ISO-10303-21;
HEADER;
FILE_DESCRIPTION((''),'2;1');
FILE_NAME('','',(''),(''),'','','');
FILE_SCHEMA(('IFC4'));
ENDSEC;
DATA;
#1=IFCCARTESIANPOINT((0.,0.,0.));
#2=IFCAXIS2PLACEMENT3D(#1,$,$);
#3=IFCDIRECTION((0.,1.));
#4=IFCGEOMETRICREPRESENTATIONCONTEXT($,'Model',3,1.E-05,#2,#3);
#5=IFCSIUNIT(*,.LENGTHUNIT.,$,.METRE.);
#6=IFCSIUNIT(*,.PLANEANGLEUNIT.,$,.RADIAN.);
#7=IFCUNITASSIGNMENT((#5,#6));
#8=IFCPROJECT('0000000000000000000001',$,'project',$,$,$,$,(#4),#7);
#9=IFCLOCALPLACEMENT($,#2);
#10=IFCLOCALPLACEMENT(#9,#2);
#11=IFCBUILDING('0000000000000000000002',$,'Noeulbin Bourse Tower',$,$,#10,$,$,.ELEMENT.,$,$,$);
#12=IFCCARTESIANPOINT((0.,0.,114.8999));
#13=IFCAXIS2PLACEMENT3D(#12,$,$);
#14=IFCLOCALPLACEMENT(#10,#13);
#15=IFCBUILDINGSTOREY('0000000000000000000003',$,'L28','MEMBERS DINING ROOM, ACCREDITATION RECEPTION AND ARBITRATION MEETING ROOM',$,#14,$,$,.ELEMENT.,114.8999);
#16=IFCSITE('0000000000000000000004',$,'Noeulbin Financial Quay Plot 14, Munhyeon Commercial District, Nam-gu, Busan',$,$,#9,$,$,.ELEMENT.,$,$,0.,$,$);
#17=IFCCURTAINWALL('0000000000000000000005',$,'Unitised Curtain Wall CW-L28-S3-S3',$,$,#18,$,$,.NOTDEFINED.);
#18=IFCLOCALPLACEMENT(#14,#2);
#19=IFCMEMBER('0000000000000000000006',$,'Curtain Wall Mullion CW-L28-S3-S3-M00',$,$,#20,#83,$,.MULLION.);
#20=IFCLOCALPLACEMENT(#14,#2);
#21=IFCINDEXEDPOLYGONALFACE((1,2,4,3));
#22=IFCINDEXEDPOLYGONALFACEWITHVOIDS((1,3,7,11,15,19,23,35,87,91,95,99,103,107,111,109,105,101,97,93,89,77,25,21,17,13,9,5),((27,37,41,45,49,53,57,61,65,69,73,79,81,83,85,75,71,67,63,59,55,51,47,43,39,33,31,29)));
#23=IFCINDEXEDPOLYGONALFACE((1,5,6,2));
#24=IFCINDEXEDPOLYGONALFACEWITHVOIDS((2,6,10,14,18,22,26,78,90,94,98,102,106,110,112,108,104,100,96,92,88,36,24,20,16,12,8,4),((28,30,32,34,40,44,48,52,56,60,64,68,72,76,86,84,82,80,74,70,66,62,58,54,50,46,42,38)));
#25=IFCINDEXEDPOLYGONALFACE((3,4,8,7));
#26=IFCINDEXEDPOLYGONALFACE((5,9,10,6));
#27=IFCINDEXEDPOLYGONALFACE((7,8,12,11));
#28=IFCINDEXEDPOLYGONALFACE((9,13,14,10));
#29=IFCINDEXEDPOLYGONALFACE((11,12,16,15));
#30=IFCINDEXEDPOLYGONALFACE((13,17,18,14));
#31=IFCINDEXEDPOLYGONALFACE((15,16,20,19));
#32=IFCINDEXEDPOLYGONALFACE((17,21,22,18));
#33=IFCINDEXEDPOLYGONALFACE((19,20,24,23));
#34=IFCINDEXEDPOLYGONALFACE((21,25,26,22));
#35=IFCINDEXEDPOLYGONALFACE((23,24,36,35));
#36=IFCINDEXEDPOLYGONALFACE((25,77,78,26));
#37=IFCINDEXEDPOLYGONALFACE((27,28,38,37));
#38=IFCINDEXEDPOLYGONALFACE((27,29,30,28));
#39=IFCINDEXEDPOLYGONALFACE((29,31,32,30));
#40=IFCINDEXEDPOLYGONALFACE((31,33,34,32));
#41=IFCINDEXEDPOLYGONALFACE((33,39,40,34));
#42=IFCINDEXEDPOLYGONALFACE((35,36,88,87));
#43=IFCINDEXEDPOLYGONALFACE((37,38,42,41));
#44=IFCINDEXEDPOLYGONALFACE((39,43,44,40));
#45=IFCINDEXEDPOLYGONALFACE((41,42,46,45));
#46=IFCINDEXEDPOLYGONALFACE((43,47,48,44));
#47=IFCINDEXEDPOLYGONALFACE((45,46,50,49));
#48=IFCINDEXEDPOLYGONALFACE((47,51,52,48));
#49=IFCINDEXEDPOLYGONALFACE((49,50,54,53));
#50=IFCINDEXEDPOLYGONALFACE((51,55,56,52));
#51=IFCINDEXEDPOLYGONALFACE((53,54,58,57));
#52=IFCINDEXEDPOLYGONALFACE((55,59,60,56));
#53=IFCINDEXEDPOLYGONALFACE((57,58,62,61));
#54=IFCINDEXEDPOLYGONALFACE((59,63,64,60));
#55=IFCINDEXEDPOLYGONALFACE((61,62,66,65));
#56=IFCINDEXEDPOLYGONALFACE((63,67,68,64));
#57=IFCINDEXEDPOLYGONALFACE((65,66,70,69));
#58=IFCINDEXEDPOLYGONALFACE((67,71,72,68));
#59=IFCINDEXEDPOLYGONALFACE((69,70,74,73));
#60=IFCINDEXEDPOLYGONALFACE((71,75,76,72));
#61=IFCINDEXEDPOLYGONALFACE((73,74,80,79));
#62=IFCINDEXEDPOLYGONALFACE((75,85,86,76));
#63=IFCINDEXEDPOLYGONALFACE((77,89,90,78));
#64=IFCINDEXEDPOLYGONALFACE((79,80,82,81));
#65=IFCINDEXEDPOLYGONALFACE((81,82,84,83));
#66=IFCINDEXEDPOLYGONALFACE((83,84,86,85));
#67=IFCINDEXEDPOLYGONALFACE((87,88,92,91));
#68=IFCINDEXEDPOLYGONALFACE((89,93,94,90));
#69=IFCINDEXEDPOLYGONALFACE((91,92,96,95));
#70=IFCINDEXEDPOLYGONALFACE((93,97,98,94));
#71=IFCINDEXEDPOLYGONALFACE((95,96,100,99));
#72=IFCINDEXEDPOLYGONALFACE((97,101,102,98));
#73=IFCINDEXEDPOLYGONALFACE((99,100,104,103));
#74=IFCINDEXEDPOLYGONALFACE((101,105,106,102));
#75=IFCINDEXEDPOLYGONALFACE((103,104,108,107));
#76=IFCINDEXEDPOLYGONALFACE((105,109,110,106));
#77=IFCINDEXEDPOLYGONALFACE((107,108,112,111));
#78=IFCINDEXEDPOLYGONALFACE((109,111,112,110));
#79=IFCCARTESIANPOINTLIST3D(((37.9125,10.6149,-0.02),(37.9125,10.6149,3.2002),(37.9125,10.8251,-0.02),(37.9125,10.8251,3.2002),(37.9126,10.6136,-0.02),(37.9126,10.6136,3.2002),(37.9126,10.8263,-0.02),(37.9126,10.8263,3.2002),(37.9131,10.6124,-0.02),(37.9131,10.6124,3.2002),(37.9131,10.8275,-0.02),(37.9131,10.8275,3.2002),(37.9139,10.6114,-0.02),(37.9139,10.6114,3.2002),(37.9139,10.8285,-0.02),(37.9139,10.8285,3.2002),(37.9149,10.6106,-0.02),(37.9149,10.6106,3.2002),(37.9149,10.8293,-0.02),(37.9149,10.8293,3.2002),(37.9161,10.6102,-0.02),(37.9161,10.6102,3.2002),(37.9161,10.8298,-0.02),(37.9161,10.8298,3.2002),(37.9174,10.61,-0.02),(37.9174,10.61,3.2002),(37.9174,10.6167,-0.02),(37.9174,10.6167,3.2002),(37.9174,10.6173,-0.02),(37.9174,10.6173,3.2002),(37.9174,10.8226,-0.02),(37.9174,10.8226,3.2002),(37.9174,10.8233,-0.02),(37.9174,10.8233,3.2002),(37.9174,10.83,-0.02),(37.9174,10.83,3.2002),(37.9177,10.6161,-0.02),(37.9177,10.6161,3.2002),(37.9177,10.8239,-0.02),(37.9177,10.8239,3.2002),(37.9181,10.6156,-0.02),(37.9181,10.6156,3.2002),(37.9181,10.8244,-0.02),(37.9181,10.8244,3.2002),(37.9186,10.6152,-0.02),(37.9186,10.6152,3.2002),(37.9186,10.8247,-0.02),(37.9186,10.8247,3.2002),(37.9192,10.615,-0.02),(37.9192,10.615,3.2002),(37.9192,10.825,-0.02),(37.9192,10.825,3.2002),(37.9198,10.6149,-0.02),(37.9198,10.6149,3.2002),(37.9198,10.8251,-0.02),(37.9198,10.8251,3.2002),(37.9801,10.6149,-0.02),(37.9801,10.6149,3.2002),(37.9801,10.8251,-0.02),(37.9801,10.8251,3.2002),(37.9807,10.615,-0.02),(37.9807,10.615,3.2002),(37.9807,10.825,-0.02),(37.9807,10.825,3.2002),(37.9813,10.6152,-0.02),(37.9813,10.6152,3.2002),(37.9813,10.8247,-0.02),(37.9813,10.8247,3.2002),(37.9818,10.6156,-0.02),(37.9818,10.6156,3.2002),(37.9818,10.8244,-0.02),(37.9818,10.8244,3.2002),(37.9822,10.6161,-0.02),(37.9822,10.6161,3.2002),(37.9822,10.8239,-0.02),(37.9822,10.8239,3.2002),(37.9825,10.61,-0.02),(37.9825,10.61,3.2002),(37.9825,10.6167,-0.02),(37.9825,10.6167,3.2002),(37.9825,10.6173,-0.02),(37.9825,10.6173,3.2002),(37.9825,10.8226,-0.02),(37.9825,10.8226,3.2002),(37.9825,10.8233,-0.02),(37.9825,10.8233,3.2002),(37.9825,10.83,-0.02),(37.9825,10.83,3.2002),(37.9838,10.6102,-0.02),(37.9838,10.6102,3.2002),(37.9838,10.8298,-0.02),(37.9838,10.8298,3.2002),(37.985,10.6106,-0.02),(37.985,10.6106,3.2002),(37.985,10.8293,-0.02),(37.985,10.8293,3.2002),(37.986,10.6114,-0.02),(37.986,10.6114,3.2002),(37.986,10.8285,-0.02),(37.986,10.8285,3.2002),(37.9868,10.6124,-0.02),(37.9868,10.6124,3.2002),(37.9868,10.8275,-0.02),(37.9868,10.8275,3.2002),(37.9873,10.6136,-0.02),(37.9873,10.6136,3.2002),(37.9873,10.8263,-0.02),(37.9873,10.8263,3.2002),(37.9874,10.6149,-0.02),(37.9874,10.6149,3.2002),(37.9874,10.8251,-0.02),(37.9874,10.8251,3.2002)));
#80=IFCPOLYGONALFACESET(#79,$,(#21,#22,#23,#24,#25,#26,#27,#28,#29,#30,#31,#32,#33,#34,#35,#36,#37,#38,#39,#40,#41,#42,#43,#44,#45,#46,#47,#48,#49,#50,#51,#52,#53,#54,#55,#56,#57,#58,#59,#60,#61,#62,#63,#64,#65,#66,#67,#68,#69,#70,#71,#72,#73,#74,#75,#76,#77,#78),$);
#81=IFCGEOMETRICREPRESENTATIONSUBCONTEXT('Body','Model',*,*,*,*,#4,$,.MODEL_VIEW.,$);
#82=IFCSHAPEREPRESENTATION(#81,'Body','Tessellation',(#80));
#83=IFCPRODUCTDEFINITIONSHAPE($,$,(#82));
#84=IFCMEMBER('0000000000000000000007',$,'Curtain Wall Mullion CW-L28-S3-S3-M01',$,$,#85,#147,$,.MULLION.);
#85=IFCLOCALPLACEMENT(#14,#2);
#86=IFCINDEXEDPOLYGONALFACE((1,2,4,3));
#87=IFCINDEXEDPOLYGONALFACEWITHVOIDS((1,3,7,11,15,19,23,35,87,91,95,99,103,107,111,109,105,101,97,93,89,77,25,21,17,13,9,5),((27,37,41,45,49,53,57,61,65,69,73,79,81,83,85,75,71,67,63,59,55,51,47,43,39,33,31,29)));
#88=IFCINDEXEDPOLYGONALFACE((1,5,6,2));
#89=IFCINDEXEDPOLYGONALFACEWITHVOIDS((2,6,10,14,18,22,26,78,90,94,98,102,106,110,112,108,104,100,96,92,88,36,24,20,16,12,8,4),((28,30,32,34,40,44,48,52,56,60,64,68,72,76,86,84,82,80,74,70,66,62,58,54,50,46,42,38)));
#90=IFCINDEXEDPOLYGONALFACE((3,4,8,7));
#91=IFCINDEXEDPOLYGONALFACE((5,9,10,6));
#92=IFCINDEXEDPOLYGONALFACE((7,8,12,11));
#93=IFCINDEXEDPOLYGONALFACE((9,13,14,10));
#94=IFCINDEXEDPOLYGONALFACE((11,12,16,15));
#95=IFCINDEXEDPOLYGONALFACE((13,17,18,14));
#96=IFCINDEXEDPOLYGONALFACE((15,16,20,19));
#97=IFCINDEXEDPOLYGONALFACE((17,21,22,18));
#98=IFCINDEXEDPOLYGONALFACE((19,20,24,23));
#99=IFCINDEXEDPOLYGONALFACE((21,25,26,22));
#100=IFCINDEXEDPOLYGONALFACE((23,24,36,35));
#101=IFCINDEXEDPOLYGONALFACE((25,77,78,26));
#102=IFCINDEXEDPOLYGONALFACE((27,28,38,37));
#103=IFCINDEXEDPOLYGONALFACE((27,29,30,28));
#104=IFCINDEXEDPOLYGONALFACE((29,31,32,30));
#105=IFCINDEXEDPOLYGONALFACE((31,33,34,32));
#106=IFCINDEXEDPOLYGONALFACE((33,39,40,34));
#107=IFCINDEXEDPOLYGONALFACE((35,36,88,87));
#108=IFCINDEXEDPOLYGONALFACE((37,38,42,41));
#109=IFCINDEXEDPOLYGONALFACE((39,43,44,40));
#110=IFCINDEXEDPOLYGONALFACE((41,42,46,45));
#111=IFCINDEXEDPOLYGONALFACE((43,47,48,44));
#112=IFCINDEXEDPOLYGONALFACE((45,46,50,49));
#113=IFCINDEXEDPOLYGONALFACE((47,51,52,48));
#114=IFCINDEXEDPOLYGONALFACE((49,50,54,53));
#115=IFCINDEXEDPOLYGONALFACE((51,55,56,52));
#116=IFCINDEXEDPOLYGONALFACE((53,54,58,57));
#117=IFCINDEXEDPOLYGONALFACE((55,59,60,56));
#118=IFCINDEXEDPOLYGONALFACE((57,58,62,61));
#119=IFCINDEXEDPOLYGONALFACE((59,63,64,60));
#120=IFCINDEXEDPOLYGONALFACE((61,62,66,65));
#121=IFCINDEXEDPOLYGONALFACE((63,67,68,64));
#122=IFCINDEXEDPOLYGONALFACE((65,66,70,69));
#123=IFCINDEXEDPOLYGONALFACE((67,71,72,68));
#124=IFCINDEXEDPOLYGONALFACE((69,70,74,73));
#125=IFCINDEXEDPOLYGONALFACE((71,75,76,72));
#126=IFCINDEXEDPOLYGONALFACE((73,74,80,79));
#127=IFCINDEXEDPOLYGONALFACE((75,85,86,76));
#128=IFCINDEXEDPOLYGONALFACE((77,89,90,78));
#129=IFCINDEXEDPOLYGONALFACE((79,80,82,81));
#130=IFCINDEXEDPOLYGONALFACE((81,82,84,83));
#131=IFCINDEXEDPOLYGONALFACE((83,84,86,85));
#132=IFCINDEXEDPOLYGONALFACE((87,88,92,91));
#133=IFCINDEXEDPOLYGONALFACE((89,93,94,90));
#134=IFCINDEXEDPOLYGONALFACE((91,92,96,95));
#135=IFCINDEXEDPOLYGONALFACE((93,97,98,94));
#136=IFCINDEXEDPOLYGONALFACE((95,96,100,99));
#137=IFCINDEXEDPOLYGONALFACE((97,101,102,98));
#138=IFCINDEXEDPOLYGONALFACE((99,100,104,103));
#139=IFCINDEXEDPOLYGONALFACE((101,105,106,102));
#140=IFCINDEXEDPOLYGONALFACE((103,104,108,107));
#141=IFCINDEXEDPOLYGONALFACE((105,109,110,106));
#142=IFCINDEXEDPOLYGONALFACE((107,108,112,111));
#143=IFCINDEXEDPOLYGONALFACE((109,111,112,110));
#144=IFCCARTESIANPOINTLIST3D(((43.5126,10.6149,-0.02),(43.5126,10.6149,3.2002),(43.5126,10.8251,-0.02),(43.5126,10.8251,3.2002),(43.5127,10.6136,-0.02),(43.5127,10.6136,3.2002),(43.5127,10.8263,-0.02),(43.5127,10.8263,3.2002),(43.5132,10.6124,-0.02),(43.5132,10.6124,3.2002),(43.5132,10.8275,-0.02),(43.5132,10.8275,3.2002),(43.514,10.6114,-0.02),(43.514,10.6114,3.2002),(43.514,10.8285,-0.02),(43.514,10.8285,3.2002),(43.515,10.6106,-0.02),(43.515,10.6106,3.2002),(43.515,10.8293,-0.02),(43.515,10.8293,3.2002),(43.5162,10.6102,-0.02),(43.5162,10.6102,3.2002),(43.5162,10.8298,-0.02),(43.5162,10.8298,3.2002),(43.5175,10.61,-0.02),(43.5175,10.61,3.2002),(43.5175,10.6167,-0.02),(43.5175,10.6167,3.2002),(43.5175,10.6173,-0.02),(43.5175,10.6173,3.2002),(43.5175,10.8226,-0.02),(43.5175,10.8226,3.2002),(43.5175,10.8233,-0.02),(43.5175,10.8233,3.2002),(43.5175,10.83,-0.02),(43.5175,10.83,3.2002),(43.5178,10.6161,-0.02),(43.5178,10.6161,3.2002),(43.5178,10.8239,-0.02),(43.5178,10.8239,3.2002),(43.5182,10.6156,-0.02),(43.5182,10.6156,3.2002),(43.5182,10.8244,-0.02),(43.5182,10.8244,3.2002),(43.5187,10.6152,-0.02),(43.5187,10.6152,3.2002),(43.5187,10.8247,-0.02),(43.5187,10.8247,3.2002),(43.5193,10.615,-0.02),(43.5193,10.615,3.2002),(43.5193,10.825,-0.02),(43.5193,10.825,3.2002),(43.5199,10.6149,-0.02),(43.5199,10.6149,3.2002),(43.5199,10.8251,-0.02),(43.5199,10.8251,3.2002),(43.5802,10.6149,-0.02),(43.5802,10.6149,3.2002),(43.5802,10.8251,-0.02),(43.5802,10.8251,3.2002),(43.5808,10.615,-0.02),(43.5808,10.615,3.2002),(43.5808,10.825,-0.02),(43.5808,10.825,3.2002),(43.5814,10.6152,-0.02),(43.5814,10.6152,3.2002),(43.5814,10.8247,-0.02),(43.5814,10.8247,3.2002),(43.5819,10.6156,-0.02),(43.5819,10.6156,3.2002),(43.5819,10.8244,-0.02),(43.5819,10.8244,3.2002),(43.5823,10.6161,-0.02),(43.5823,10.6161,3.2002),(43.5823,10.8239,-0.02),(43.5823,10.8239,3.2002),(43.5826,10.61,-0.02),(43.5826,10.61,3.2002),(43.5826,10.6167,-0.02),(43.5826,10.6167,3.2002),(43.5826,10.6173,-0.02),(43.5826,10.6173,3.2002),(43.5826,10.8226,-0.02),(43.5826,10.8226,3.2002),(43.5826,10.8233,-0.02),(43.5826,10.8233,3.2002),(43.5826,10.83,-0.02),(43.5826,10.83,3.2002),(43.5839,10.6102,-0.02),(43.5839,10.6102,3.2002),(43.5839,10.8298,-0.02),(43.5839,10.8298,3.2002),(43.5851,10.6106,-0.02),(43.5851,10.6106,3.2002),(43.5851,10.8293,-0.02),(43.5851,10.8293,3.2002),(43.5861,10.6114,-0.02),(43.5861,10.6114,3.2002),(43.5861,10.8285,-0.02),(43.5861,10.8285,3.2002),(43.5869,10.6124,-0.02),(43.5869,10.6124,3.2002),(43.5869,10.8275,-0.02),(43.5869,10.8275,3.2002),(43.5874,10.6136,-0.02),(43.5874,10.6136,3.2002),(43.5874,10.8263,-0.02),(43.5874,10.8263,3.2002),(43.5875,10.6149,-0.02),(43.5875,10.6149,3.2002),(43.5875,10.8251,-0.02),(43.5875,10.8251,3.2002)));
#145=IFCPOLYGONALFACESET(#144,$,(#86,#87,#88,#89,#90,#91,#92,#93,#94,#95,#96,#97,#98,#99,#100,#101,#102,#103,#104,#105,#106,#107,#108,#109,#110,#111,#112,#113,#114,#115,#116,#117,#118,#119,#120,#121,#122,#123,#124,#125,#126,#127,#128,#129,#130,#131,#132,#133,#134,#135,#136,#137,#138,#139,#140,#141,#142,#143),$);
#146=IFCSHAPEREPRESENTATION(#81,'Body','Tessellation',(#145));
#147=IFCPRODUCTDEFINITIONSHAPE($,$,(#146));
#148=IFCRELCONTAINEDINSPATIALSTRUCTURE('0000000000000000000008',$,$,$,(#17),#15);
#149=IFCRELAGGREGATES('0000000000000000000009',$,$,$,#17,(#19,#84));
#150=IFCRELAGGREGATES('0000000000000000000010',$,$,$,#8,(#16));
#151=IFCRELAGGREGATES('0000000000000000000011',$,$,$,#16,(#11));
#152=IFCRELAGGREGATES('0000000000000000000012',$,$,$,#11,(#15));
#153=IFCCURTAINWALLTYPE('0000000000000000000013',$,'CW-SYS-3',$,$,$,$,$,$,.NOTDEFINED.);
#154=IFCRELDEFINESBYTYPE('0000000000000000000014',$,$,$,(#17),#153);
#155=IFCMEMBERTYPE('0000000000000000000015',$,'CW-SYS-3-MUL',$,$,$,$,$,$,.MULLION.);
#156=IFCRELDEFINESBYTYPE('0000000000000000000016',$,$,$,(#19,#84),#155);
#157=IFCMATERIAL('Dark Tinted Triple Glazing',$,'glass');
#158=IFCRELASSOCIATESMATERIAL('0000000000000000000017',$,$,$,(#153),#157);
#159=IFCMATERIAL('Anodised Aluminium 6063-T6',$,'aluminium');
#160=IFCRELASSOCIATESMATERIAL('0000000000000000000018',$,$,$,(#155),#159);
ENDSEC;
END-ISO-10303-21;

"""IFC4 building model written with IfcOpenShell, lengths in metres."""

from ifc_helpers import new_model, si_unit, direction, frame, origin, origin_2d, place, context, subcontext, project, spatial, hollow_rectangle, extrude, material, material_profile, profile_set, type_object, element, aggregate, save


model = new_model("IFC4")

# Units and contexts
model_context = context("Model", 3, precision=1e-05, world=origin(), true_north=direction((0.0, 1.0)))
body_context = subcontext(model_context, "Body", "Model", "MODEL_VIEW")
ifc_project = project(units=[si_unit("LENGTHUNIT", "METRE"), si_unit("PLANEANGLEUNIT", "RADIAN")], contexts=[model_context])

# Site, building, storey
site_placement = place(None, origin())
site = spatial("IfcSite", under=ifc_project, at=site_placement, Name="Noeulbin Financial Quay Plot 14, Munhyeon Commercial District, Nam-gu, Busan", CompositionType="ELEMENT", RefElevation=0.0)
building_placement = place(site_placement, origin())
building = spatial("IfcBuilding", under=site, at=building_placement, Name="Noeulbin Bourse Tower", CompositionType="ELEMENT")
storey_placement = place(building_placement, frame((0.0, 0.0, 114.8999)))
storey = spatial("IfcBuildingStorey", under=building, at=storey_placement, Name="L28", Description="MEMBERS DINING ROOM, ACCREDITATION RECEPTION AND ARBITRATION MEETING ROOM", CompositionType="ELEMENT", Elevation=114.8999)

# Curtain wall, members
ifc_material_1 = material(Name="Dark Tinted Triple Glazing", Category="glass")
curtain_wall_type = type_object("IfcCurtainWallType", Name="CW-SYS-3", PredefinedType="NOTDEFINED", material=ifc_material_1)
curtain_wall_placement = place(storey_placement, origin())
curtain_wall = element("IfcCurtainWall", 1, at=curtain_wall_placement, inside=storey, type_object=curtain_wall_type, Name="Unitised Curtain Wall CW-L28-S3-S3", PredefinedType="NOTDEFINED")
ifc_material_2 = material(Name="Anodised Aluminium 6063-T6", Category="aluminium")
ifc_material_profile_1 = material_profile(ifc_material_2, hollow_rectangle(XDim=0.075, YDim=0.22, WallThickness=0.0049, InnerFilletRadius=0.0024, OuterFilletRadius=0.0049, at=origin_2d()), Name="ALU-MULL-75x220x5", Category="LoadBearing")
ifc_profile_set_1 = profile_set([ifc_material_profile_1], Name="Anodised Aluminium 6063-T6")
member_type_1 = type_object("IfcMemberType", Name="CW-SYS-3-MUL", PredefinedType="MULLION", material=ifc_profile_set_1)
member_1_placement = place(storey_placement, frame((37.95, 10.72, -0.02), z_axis=(0.0, 0.0, 1.0), x_axis=(1.0, 0.0, 0.0)))
member_1 = element("IfcMember", 2, at=member_1_placement, type_object=member_type_1, Name="Curtain Wall Mullion CW-L28-S3-S3-M00", PredefinedType="MULLION", context=body_context, shape_type="SweptSolid", body=[
    extrude(hollow_rectangle(XDim=0.075, YDim=0.22, WallThickness=0.0049, InnerFilletRadius=0.0024, OuterFilletRadius=0.0049, at=origin_2d()), origin(), (0.0, 0.0, 1.0), 3.2202),
])
member_2_placement = place(storey_placement, frame((43.55, 10.72, -0.02), z_axis=(0.0, 0.0, 1.0), x_axis=(1.0, 0.0, 0.0)))
member_2 = element("IfcMember", 3, at=member_2_placement, type_object=member_type_1, Name="Curtain Wall Mullion CW-L28-S3-S3-M01", PredefinedType="MULLION", context=body_context, shape_type="SweptSolid", body=[
    extrude(hollow_rectangle(XDim=0.075, YDim=0.22, WallThickness=0.0049, InnerFilletRadius=0.0024, OuterFilletRadius=0.0049, at=origin_2d()), origin(), (0.0, 0.0, 1.0), 3.2202),
])
aggregate(curtain_wall, [member_1, member_2])

save(model, "model.ifc")
